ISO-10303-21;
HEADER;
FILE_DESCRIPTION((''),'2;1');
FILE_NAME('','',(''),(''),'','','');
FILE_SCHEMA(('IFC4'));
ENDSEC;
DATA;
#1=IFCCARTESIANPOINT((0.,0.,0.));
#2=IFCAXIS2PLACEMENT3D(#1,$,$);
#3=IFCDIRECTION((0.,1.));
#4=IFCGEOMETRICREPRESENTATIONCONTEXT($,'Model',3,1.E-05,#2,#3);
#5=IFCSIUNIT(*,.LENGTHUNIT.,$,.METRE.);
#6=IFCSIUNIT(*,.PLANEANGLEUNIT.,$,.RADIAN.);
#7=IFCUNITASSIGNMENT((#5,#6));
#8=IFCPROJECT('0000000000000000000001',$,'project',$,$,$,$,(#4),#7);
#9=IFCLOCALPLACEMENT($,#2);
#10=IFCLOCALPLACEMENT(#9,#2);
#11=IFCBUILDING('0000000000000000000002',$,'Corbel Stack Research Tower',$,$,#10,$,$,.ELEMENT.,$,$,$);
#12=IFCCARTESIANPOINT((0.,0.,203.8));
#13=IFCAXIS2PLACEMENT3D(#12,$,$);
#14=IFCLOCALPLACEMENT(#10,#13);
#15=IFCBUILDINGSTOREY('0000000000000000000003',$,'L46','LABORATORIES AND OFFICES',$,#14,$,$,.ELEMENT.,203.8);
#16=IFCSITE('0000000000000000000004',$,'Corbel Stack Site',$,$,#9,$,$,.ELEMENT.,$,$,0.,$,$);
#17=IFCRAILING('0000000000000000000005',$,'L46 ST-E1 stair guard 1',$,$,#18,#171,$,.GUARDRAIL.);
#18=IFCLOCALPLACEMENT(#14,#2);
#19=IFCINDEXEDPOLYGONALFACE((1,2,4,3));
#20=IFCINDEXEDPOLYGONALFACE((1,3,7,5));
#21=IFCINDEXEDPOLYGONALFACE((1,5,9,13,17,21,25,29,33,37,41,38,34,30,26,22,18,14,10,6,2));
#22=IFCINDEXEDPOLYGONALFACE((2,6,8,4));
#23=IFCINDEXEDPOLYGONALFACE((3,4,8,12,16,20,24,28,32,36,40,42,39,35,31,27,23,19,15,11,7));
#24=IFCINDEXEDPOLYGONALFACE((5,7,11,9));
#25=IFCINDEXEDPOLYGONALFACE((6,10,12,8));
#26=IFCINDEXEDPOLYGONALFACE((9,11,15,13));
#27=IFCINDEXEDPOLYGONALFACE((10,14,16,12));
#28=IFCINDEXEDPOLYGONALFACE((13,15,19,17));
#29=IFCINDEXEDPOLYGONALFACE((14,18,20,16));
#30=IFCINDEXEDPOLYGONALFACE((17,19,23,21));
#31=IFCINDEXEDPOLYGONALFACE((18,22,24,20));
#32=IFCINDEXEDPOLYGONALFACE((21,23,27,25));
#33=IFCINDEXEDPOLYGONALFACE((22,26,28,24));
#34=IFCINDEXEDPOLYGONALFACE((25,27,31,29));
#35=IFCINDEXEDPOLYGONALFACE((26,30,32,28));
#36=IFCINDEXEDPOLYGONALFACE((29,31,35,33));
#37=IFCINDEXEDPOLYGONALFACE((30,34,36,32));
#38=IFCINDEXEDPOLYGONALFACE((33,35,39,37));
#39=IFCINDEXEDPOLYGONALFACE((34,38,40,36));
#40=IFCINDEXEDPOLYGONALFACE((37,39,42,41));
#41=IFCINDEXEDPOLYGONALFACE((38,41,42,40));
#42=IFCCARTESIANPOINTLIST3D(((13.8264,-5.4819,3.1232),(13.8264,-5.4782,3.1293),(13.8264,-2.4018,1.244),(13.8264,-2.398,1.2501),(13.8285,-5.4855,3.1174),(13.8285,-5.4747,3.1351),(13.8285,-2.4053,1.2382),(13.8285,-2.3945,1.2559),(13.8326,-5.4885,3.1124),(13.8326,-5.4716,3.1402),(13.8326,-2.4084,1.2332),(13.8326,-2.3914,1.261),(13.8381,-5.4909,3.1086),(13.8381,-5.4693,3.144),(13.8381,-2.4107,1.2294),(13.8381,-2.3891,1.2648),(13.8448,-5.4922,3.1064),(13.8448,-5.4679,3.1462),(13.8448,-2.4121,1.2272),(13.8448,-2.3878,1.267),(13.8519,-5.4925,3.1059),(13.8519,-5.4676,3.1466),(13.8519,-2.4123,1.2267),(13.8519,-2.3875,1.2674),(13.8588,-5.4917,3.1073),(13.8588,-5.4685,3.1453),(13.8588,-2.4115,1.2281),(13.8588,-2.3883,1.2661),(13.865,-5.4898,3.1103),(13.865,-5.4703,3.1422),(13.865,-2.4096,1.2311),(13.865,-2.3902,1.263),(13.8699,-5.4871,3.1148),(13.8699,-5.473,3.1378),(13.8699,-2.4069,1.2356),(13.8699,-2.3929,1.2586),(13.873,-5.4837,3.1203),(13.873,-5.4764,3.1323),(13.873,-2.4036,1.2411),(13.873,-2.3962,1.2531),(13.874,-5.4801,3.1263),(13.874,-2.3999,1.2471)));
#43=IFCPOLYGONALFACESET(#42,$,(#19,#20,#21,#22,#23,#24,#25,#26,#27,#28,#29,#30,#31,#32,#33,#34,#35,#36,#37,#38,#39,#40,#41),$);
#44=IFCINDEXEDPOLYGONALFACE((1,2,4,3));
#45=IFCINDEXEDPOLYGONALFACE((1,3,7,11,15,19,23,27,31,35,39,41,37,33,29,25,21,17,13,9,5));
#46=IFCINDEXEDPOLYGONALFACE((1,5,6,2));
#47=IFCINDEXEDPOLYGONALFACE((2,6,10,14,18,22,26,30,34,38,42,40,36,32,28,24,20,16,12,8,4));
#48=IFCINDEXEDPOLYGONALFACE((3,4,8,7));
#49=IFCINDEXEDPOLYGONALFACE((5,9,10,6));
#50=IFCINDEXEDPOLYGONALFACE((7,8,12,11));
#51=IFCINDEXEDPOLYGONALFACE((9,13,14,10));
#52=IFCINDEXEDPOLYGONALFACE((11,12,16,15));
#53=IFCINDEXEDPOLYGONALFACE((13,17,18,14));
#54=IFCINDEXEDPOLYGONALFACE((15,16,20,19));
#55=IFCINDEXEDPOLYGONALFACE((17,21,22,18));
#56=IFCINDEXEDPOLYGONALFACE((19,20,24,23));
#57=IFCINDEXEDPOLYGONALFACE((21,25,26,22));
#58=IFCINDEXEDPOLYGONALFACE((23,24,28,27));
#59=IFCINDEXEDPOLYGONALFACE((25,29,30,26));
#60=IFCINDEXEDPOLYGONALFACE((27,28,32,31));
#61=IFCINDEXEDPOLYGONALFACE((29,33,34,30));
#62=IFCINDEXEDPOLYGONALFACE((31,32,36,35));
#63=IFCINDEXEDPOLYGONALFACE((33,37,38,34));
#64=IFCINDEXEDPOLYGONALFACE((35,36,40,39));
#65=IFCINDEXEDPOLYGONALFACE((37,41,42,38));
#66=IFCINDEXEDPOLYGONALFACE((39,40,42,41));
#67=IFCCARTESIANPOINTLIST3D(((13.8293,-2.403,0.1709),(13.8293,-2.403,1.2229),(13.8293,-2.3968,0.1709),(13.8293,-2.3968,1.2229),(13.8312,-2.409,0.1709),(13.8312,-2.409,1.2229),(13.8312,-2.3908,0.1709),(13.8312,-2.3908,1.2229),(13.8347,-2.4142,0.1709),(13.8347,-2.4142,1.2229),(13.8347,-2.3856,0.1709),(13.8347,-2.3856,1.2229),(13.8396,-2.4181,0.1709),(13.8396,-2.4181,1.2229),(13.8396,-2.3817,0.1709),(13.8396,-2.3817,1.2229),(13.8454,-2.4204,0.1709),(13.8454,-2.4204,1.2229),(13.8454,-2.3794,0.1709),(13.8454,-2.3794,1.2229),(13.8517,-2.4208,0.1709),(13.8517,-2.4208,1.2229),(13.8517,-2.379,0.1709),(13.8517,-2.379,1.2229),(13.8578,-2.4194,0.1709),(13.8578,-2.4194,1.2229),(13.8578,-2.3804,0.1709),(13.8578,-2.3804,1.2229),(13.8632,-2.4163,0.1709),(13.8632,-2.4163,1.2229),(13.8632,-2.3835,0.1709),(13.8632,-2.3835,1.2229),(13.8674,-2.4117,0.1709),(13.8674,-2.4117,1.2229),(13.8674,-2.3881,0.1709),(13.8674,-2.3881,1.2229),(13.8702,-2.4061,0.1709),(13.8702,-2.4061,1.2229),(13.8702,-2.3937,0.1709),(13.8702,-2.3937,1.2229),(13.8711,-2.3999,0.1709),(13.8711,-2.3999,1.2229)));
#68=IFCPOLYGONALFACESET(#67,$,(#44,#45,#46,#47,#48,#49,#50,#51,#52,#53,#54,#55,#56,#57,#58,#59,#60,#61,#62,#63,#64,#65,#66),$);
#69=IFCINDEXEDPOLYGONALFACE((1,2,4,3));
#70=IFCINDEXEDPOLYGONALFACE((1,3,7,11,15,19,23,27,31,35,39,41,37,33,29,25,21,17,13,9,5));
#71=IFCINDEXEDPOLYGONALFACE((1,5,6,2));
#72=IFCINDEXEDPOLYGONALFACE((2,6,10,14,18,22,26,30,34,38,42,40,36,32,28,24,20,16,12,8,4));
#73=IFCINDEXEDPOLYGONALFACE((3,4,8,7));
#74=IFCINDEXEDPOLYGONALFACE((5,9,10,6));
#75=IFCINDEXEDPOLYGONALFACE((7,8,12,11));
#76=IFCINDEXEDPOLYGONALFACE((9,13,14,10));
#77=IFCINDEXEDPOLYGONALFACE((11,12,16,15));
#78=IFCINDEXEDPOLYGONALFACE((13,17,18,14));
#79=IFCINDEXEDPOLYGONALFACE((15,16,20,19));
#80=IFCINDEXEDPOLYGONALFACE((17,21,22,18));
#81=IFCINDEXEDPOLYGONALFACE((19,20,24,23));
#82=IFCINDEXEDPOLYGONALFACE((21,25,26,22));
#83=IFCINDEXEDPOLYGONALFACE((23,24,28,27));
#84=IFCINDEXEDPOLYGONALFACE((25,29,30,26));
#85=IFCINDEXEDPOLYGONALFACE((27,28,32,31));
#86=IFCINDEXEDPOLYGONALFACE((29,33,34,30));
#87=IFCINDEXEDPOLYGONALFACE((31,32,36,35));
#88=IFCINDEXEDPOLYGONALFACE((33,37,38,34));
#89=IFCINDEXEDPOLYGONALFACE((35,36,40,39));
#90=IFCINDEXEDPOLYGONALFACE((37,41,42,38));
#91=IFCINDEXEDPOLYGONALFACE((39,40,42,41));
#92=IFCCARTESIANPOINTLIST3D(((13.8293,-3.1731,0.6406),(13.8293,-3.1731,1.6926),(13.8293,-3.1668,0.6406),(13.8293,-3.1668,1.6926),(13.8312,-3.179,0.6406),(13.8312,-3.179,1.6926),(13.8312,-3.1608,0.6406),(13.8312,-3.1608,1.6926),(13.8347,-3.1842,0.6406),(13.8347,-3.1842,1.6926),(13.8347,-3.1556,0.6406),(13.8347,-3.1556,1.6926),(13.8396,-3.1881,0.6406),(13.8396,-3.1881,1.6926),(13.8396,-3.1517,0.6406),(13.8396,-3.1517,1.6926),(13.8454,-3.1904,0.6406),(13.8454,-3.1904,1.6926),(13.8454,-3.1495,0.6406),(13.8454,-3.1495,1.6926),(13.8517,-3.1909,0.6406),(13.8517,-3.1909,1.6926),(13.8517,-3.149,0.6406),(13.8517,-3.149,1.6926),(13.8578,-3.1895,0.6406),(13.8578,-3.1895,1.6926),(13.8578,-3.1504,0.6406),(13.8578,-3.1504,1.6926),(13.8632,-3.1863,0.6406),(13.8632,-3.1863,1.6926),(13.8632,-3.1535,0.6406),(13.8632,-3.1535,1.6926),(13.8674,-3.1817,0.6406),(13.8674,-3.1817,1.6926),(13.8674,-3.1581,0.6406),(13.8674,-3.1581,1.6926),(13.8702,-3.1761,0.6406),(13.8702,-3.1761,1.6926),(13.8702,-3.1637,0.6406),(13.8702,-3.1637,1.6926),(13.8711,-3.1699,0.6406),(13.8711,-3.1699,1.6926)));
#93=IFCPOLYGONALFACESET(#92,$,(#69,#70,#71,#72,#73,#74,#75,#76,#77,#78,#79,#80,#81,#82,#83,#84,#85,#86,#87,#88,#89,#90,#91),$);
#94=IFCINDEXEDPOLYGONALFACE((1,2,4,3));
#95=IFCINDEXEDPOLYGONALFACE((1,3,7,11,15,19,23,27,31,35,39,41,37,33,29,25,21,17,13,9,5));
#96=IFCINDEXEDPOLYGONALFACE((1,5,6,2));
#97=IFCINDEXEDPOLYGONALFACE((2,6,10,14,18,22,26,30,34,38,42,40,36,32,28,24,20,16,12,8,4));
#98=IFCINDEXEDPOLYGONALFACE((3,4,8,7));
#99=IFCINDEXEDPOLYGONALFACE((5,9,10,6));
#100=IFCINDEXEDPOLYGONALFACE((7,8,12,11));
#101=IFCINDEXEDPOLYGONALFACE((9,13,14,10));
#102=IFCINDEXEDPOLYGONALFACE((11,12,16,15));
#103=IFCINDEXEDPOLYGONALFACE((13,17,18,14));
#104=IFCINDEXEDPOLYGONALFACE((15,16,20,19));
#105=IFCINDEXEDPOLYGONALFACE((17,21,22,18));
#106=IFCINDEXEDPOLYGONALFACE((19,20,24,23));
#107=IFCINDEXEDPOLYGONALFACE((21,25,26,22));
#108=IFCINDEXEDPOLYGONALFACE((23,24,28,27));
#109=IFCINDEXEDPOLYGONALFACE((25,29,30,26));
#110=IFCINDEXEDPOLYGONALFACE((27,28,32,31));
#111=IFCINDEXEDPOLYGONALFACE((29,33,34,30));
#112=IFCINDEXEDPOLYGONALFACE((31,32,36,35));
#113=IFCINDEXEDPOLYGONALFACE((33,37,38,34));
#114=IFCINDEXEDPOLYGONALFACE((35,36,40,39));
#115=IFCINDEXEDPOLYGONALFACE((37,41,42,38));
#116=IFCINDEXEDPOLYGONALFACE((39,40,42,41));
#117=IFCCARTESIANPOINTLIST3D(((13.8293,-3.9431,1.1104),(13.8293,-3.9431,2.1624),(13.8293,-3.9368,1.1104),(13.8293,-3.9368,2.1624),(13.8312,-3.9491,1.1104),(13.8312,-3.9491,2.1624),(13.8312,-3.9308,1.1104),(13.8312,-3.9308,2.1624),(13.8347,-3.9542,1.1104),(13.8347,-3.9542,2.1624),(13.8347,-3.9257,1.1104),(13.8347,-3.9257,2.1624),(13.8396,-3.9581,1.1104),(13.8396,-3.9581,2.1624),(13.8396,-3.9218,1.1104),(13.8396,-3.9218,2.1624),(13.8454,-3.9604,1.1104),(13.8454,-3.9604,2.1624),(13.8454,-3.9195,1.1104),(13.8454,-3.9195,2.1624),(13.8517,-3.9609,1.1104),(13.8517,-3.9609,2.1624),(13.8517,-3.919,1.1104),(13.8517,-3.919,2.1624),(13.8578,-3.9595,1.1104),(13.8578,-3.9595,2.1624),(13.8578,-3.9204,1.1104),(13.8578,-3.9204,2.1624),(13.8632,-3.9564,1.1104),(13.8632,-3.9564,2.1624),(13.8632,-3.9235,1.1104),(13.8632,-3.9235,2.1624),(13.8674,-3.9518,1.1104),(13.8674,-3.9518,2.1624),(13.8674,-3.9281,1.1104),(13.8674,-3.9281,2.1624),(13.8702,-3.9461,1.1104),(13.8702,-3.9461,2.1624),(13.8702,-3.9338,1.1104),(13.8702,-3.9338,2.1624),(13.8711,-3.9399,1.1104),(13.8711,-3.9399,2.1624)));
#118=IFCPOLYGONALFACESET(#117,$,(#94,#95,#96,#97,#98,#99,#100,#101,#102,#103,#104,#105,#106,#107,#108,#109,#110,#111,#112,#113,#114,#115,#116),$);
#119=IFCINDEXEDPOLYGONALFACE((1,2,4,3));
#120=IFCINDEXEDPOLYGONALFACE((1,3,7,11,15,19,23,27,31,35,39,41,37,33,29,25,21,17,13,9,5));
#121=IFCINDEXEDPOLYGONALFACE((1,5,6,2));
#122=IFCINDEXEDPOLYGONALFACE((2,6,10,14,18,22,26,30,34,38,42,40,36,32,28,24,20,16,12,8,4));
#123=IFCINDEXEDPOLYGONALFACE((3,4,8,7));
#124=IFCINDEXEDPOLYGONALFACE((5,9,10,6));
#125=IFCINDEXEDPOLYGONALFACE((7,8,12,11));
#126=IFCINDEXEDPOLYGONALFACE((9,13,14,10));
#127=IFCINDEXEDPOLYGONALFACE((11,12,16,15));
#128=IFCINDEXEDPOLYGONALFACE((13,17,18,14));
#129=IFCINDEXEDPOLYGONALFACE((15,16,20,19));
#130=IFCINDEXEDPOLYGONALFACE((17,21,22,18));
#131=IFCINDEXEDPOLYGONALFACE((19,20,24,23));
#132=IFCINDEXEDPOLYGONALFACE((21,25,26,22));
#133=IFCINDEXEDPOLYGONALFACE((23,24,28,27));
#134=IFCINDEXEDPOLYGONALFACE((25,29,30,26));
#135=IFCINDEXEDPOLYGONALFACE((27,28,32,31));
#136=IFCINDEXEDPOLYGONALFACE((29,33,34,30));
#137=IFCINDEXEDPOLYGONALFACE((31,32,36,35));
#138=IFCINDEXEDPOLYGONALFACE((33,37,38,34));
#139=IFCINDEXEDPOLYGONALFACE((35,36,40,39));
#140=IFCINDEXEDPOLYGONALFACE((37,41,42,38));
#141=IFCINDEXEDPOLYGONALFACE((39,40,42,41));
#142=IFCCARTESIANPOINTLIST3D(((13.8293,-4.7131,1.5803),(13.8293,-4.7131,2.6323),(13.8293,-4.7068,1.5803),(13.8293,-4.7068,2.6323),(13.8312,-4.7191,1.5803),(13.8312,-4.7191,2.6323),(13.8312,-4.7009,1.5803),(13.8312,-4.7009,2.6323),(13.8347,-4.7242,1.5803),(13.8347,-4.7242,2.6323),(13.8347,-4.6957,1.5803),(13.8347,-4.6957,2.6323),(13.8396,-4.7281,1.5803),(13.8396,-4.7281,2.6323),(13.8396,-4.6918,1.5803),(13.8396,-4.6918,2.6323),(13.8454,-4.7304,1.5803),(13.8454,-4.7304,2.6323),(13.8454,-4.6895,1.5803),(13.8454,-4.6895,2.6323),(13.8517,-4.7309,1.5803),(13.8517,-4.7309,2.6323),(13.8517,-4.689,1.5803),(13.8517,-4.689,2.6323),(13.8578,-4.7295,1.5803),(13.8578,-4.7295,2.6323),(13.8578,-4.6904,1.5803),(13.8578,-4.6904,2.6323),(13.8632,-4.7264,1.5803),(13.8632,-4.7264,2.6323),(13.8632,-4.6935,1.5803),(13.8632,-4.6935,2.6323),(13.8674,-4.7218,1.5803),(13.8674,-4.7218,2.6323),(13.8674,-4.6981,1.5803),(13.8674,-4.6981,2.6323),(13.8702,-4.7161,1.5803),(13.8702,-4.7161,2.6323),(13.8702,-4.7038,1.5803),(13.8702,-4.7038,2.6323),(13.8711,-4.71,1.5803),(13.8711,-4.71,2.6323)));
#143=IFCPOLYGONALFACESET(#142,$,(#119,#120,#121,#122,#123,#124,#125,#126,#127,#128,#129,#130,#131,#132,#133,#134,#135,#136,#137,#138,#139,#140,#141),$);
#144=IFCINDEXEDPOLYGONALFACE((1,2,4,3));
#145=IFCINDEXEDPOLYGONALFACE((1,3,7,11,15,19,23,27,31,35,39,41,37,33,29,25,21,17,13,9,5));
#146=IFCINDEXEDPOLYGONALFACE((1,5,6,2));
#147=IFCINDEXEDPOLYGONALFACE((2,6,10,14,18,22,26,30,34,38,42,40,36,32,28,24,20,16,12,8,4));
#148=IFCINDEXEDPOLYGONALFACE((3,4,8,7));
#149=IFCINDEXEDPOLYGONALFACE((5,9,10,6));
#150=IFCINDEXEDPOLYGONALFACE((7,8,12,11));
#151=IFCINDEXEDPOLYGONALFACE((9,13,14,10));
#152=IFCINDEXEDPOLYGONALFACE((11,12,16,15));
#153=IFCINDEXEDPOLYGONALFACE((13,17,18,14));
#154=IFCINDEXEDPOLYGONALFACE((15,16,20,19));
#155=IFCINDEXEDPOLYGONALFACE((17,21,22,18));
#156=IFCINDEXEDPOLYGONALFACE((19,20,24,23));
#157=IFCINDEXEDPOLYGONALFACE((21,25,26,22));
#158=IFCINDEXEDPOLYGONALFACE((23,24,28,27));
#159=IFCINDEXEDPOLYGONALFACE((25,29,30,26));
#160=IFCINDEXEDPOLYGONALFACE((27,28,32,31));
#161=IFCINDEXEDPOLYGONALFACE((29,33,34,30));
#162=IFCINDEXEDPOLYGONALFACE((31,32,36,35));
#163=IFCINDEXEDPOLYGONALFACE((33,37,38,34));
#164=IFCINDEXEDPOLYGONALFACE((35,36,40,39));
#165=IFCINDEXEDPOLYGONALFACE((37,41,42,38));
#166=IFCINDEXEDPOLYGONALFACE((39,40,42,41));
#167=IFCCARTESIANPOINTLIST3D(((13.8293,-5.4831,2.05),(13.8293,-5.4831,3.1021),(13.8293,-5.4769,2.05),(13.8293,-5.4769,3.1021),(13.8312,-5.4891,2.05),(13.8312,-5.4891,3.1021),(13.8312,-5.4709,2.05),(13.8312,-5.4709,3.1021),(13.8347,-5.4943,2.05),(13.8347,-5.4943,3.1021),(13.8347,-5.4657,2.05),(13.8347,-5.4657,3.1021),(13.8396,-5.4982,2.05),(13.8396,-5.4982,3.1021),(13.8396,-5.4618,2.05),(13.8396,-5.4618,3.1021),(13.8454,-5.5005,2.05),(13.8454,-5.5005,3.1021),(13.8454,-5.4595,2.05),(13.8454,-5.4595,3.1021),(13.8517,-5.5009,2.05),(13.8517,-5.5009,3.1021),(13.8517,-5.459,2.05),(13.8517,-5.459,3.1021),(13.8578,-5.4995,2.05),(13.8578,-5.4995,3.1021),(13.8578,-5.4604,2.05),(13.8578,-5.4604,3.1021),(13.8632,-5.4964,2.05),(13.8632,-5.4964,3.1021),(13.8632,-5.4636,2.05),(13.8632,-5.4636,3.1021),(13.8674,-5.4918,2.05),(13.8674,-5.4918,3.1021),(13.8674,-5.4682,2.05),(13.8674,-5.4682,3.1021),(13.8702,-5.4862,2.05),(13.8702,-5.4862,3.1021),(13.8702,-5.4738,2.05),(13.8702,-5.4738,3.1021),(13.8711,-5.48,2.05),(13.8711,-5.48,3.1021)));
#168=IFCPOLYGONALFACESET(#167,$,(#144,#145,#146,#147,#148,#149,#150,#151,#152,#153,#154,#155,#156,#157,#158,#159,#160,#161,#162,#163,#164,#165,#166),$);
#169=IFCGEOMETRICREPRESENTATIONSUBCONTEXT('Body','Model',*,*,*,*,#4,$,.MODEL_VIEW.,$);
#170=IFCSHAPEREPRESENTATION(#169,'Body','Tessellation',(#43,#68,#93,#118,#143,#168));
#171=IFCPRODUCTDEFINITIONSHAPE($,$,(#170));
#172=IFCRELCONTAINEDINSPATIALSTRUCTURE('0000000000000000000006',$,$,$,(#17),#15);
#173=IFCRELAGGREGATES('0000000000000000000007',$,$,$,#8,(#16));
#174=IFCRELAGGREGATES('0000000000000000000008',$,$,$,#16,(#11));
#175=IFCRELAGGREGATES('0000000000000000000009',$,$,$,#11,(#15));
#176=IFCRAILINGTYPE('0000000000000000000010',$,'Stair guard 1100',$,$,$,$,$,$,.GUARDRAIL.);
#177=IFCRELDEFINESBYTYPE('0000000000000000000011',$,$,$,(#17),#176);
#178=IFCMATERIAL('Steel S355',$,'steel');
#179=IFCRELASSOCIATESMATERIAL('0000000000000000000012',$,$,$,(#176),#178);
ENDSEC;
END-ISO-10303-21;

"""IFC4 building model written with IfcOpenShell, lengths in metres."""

from ifc_helpers import new_model, si_unit, direction, frame, origin, origin_2d, place, context, subcontext, project, spatial, circle, extrude, material, type_object, element, save


model = new_model("IFC4")

# Units and contexts
model_context = context("Model", 3, precision=1e-05, world=origin(), true_north=direction((0.0, 1.0)))
body_context = subcontext(model_context, "Body", "Model", "MODEL_VIEW")
ifc_project = project(units=[si_unit("LENGTHUNIT", "METRE"), si_unit("PLANEANGLEUNIT", "RADIAN")], contexts=[model_context])

# Site, building, storey
site_placement = place(None, origin())
site = spatial("IfcSite", under=ifc_project, at=site_placement, Name="Corbel Stack Site", CompositionType="ELEMENT", RefElevation=0.0)
building_placement = place(site_placement, origin())
building = spatial("IfcBuilding", under=site, at=building_placement, Name="Corbel Stack Research Tower", CompositionType="ELEMENT")
storey_placement = place(building_placement, frame((0.0, 0.0, 203.8)))
storey = spatial("IfcBuildingStorey", under=building, at=storey_placement, Name="L46", Description="LABORATORIES AND OFFICES", CompositionType="ELEMENT", Elevation=203.8)

# Railing
ifc_material_1 = material(Name="Steel S355", Category="steel")
railing_type_1 = type_object("IfcRailingType", Name="Stair guard 1100", PredefinedType="GUARDRAIL", material=ifc_material_1)
railing_1_placement = place(storey_placement, frame((13.8501, -2.3999, 0.1709)))
element("IfcRailing", 1, at=railing_1_placement, inside=storey, type_object=railing_type_1, Name="L46 ST-E1 stair guard 1", PredefinedType="GUARDRAIL", context=body_context, shape_type="SweptSolid", body=[
    extrude(circle(Radius=0.0239, at=origin_2d()), frame((0.0, 0.0, 1.0762), z_axis=(0.0, -0.853666, 0.52082), x_axis=(1.0, 0.0, 0.0)), (0.0, 0.0, 1.0), 3.6082),
    extrude(circle(Radius=0.021, at=origin_2d()), origin(), (0.0, 0.0, 1.0), 1.052),
    extrude(circle(Radius=0.021, at=origin_2d()), frame((0.0, -0.77, 0.4697)), (0.0, 0.0, 1.0), 1.052),
    extrude(circle(Radius=0.021, at=origin_2d()), frame((0.0, -1.54, 0.9395)), (0.0, 0.0, 1.0), 1.052),
    extrude(circle(Radius=0.021, at=origin_2d()), frame((0.0, -2.3101, 1.4094)), (0.0, 0.0, 1.0), 1.052),
    extrude(circle(Radius=0.021, at=origin_2d()), frame((0.0, -3.0801, 1.8792)), (0.0, 0.0, 1.0), 1.052),
])

save(model, "model.ifc")
